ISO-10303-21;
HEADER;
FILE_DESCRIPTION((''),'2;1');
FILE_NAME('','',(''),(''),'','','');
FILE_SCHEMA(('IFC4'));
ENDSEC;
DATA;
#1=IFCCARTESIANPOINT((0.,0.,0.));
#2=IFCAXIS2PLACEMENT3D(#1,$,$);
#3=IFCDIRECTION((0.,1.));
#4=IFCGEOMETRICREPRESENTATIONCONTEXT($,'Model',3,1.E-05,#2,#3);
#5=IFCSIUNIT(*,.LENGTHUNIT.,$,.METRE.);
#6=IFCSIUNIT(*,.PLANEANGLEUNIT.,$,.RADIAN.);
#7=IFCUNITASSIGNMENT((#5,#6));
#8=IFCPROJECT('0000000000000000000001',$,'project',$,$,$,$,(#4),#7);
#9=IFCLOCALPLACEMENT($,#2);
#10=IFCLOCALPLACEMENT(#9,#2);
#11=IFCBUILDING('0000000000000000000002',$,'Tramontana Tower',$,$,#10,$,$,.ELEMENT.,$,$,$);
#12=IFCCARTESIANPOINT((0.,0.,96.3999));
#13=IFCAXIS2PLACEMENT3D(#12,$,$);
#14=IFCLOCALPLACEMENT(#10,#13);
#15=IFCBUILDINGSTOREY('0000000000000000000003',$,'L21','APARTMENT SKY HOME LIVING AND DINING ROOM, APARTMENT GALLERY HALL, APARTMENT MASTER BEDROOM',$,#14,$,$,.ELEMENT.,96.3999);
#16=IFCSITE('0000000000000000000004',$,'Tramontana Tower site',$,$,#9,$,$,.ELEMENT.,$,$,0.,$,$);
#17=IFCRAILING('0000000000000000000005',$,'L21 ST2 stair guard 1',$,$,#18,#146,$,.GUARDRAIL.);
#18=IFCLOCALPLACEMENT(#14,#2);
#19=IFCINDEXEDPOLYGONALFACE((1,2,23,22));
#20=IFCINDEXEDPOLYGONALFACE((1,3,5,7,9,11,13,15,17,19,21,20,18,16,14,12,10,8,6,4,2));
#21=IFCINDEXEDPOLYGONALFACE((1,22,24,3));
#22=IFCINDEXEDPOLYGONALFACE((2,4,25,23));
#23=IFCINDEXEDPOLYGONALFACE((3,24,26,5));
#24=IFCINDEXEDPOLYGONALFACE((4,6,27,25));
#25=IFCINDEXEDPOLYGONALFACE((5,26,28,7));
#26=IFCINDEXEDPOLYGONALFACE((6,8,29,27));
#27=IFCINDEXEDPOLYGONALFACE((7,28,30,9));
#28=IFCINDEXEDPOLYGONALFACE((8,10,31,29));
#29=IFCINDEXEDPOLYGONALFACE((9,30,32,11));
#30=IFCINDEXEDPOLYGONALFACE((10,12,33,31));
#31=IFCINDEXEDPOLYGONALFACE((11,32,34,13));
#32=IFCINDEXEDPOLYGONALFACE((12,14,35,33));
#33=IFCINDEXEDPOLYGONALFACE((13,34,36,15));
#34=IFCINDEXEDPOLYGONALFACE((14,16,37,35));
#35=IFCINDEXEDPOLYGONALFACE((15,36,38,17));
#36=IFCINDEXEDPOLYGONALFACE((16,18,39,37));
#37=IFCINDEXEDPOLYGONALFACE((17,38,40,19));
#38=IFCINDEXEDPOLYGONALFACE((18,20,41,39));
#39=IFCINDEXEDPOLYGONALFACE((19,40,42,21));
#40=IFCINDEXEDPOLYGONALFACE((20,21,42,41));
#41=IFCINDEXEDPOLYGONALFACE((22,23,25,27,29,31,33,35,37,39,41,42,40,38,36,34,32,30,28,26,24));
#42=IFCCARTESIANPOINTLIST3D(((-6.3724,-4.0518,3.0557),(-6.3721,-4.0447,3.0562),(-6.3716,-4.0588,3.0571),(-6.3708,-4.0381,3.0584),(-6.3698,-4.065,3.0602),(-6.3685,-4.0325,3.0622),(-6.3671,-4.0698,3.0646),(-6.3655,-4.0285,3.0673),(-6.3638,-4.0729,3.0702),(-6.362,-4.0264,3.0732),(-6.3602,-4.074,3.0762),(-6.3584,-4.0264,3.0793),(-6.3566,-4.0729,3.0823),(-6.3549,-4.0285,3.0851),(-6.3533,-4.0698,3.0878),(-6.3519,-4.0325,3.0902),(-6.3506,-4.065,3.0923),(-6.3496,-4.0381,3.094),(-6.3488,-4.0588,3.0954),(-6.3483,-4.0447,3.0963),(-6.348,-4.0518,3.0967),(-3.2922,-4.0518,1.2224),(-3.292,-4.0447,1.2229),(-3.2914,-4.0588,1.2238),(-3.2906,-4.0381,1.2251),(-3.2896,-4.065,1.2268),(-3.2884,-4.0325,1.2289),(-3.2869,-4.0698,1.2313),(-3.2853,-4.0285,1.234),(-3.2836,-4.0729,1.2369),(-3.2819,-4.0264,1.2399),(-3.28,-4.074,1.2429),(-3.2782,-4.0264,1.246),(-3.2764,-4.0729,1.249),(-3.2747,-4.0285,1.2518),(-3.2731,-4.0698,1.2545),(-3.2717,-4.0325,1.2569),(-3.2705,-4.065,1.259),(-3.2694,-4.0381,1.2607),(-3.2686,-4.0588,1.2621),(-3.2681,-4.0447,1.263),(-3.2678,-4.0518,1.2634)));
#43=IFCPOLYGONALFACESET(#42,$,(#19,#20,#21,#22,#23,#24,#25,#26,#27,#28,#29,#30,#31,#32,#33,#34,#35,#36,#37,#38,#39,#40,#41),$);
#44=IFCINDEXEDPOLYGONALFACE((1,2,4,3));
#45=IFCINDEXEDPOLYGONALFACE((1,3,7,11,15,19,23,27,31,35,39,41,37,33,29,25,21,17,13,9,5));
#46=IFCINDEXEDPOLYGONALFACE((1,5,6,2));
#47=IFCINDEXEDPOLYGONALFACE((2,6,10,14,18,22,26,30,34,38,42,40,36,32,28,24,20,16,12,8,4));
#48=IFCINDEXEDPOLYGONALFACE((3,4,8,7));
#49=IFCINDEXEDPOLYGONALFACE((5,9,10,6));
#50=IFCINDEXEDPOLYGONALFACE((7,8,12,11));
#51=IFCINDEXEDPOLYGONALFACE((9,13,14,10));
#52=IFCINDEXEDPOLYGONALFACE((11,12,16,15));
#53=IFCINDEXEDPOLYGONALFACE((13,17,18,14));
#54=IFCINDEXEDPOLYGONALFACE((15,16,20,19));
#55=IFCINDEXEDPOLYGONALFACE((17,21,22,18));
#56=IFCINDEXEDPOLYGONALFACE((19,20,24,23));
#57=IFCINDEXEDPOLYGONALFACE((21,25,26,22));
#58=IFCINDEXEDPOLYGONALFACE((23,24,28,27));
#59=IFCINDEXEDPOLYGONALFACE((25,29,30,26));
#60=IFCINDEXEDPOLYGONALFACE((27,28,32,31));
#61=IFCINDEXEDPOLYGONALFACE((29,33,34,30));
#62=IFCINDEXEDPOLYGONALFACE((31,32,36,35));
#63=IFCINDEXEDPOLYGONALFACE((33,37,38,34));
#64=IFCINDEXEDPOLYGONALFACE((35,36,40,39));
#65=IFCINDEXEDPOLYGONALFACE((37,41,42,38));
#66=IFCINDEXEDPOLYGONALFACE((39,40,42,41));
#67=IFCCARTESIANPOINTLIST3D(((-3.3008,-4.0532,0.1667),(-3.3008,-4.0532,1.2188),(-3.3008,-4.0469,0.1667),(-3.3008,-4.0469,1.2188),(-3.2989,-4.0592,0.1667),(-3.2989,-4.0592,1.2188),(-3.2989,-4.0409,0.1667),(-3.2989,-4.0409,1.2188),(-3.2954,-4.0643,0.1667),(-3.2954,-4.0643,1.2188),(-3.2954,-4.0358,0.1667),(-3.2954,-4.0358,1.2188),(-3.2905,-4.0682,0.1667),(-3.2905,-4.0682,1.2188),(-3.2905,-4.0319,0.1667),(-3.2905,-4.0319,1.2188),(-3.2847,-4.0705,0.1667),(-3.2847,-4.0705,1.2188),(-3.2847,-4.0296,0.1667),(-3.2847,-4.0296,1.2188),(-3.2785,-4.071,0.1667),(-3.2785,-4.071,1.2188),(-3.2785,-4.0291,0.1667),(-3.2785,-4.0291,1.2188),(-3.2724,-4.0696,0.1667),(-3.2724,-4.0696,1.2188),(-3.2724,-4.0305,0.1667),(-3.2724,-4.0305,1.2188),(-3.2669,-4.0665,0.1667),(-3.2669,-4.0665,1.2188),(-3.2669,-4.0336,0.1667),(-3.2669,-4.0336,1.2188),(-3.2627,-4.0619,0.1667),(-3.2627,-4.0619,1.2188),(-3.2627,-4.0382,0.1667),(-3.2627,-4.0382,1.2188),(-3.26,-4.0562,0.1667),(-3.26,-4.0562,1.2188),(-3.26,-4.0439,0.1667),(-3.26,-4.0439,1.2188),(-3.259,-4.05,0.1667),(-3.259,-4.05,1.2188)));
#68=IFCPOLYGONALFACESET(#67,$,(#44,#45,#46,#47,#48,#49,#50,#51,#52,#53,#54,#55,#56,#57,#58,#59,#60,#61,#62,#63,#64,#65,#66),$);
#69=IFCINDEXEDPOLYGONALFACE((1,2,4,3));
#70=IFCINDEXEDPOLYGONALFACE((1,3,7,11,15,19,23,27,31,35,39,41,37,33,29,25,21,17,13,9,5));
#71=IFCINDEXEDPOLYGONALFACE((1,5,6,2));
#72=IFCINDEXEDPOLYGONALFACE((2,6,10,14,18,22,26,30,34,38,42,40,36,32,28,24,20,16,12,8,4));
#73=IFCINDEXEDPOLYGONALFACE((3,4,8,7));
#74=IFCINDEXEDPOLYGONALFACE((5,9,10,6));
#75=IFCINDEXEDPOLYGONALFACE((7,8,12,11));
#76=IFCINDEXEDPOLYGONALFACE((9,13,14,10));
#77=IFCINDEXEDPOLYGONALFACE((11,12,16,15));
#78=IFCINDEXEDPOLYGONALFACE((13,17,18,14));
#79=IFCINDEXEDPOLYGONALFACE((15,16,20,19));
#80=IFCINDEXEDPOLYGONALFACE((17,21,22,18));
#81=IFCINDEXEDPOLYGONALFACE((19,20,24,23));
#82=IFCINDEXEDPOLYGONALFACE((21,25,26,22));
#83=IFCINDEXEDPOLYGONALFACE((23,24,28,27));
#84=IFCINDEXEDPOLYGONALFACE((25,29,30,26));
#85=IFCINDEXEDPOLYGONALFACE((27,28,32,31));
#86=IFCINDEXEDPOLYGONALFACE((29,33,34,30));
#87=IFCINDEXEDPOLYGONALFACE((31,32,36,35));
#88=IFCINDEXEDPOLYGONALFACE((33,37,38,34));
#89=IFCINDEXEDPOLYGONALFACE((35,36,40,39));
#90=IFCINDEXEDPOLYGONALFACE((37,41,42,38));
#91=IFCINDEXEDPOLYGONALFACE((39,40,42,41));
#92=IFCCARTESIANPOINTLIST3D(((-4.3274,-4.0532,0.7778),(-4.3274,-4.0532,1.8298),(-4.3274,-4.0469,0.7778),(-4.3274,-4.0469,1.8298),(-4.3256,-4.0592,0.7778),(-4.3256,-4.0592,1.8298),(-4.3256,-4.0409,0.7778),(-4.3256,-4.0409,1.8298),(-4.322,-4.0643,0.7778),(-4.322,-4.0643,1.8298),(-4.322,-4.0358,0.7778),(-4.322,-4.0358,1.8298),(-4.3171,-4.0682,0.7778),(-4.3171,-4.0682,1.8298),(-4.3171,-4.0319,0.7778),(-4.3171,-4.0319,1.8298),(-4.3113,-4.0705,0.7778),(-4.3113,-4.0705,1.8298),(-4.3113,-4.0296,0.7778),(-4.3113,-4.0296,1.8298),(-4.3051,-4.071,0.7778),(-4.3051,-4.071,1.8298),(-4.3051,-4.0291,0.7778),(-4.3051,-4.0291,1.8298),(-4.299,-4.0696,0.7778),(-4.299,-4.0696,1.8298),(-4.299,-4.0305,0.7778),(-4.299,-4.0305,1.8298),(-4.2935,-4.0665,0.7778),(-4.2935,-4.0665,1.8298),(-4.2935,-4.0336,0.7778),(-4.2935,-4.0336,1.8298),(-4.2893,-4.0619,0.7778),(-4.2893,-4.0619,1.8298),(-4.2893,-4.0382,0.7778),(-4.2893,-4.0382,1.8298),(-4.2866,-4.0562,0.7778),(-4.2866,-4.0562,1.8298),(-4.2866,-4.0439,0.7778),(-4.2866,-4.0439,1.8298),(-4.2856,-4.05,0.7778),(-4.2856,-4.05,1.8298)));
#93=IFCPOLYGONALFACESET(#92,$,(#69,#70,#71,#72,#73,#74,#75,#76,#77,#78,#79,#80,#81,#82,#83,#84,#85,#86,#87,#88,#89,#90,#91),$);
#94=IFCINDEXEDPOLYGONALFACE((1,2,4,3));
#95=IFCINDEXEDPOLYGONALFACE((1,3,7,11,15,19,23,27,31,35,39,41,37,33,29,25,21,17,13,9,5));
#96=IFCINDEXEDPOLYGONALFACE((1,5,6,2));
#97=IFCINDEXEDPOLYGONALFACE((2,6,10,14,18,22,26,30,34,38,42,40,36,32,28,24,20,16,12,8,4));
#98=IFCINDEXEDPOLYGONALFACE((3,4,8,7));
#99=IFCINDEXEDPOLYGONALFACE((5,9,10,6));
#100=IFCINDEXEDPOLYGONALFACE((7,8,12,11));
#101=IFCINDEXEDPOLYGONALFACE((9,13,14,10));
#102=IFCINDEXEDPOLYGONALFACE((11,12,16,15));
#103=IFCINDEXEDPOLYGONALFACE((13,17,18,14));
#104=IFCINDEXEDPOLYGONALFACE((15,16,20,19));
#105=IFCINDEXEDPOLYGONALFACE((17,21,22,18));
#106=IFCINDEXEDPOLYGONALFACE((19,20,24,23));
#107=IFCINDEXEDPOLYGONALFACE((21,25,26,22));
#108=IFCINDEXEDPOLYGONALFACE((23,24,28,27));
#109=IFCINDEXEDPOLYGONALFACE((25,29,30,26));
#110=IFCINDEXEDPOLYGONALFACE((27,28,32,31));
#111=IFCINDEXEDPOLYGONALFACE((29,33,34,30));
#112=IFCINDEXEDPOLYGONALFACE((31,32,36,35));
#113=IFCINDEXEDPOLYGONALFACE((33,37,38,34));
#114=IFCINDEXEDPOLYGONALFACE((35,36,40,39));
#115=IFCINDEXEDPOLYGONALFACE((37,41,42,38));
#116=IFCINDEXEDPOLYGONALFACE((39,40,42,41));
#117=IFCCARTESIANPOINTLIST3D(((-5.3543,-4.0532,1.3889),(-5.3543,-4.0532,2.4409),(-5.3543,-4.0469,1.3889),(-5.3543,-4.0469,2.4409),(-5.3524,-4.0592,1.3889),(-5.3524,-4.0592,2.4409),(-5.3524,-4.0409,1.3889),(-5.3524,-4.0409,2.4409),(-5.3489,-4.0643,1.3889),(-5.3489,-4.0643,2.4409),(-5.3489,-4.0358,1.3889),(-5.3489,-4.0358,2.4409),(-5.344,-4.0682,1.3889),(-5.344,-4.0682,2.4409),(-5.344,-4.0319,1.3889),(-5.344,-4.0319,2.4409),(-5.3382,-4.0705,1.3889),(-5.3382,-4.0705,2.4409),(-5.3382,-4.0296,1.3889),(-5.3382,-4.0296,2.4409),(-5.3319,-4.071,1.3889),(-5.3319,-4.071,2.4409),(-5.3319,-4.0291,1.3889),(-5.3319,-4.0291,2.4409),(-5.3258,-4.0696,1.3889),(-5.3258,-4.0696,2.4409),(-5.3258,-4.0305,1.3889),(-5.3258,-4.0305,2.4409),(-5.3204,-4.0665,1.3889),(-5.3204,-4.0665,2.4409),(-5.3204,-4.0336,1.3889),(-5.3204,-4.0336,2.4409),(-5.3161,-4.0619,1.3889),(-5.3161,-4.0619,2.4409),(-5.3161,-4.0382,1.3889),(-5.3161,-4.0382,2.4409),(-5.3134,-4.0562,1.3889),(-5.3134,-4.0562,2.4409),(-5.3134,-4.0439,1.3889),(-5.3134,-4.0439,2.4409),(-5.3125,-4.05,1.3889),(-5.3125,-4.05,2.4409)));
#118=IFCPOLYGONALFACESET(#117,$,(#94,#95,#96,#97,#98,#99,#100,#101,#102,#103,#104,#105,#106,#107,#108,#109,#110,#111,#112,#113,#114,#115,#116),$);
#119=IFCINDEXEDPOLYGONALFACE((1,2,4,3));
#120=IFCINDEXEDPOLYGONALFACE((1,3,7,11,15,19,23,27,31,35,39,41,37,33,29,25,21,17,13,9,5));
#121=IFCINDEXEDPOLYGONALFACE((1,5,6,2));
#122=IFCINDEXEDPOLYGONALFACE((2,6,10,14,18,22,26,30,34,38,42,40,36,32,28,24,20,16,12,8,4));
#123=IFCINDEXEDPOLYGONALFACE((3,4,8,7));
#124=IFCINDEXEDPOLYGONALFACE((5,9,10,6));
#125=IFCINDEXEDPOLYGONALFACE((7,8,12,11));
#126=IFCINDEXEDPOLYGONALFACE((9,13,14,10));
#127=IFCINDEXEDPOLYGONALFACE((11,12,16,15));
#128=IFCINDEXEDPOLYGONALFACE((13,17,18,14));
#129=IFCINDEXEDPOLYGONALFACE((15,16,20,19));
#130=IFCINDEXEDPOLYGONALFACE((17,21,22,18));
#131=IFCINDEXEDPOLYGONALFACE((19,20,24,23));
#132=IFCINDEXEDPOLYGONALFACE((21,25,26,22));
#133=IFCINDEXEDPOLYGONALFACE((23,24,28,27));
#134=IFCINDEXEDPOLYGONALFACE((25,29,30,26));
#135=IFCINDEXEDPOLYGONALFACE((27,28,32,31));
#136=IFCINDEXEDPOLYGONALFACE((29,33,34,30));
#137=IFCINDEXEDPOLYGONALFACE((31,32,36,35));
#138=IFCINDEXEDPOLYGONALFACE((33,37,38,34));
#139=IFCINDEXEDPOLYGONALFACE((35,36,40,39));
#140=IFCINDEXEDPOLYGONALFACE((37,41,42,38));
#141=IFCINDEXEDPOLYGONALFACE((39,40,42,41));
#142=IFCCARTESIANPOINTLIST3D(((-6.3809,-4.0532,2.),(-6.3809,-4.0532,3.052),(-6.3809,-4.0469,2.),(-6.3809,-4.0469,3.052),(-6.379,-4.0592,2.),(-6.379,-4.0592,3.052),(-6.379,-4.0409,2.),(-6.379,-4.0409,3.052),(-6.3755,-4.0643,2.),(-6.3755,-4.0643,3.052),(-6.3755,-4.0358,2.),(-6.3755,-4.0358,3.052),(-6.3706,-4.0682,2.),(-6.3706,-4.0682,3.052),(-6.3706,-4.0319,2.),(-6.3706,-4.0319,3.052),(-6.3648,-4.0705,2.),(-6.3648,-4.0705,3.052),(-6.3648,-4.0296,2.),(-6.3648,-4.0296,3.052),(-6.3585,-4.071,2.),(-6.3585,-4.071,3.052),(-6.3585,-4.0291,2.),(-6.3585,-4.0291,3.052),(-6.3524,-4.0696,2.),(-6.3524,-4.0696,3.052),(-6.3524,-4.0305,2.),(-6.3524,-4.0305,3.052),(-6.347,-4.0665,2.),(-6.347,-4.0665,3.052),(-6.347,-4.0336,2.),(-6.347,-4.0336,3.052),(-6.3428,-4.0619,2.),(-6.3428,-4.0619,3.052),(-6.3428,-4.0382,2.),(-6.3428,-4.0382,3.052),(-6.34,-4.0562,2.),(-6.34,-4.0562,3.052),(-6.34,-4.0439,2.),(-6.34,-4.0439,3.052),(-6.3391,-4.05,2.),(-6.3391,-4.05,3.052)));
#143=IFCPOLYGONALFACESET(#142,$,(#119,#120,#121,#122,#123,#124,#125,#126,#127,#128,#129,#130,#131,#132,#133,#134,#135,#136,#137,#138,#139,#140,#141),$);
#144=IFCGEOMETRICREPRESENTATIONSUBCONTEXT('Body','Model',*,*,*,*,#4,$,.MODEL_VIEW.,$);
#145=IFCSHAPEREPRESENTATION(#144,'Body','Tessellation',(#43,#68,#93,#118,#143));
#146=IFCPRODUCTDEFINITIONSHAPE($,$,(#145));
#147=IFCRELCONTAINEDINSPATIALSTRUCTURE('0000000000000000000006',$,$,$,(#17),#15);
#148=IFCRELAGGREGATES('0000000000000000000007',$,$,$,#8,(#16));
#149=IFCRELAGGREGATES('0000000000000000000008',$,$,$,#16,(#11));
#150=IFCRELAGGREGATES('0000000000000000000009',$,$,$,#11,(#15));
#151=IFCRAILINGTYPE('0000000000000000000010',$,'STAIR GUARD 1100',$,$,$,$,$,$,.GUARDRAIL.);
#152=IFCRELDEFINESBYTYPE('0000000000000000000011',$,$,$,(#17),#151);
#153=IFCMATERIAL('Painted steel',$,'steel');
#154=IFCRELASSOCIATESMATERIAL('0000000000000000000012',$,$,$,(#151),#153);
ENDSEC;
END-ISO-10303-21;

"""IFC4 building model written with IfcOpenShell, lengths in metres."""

from ifc_helpers import new_model, si_unit, direction, frame, origin, origin_2d, place, context, subcontext, project, spatial, circle, extrude, material, type_object, element, save


model = new_model("IFC4")

# Units and contexts
model_context = context("Model", 3, precision=1e-05, world=origin(), true_north=direction((0.0, 1.0)))
body_context = subcontext(model_context, "Body", "Model", "MODEL_VIEW")
ifc_project = project(units=[si_unit("LENGTHUNIT", "METRE"), si_unit("PLANEANGLEUNIT", "RADIAN")], contexts=[model_context])

# Site, building, storey
site_placement = place(None, origin())
site = spatial("IfcSite", under=ifc_project, at=site_placement, Name="Tramontana Tower site", CompositionType="ELEMENT", RefElevation=0.0)
building_placement = place(site_placement, origin())
building = spatial("IfcBuilding", under=site, at=building_placement, Name="Tramontana Tower", CompositionType="ELEMENT")
storey_placement = place(building_placement, frame((0.0, 0.0, 96.3999)))
storey = spatial("IfcBuildingStorey", under=building, at=storey_placement, Name="L21", Description="APARTMENT SKY HOME LIVING AND DINING ROOM, APARTMENT GALLERY HALL, APARTMENT MASTER BEDROOM", CompositionType="ELEMENT", Elevation=96.3999)

# Railing
ifc_material_1 = material(Name="Painted steel", Category="steel")
railing_type_1 = type_object("IfcRailingType", Name="STAIR GUARD 1100", PredefinedType="GUARDRAIL", material=ifc_material_1)
railing_1_placement = place(storey_placement, frame((-3.28, -4.05, 0.1667)))
element("IfcRailing", 1, at=railing_1_placement, inside=storey, type_object=railing_type_1, Name="L21 ST2 stair guard 1", PredefinedType="GUARDRAIL", context=body_context, shape_type="SweptSolid", body=[
    extrude(circle(Radius=0.0239, at=origin_2d()), frame((0.0, 0.0, 1.0762), z_axis=(-0.859309, 0.0, 0.511458), x_axis=(0.0, -1.0, 0.0)), (0.0, 0.0, 1.0), 3.5845),
    extrude(circle(Radius=0.021, at=origin_2d()), origin(), (0.0, 0.0, 1.0), 1.052),
    extrude(circle(Radius=0.021, at=origin_2d()), frame((-1.0266, 0.0, 0.6111)), (0.0, 0.0, 1.0), 1.052),
    extrude(circle(Radius=0.021, at=origin_2d()), frame((-2.0535, 0.0, 1.2222)), (0.0, 0.0, 1.0), 1.052),
    extrude(circle(Radius=0.021, at=origin_2d()), frame((-3.0801, 0.0, 1.8333)), (0.0, 0.0, 1.0), 1.052),
])

save(model, "model.ifc")
